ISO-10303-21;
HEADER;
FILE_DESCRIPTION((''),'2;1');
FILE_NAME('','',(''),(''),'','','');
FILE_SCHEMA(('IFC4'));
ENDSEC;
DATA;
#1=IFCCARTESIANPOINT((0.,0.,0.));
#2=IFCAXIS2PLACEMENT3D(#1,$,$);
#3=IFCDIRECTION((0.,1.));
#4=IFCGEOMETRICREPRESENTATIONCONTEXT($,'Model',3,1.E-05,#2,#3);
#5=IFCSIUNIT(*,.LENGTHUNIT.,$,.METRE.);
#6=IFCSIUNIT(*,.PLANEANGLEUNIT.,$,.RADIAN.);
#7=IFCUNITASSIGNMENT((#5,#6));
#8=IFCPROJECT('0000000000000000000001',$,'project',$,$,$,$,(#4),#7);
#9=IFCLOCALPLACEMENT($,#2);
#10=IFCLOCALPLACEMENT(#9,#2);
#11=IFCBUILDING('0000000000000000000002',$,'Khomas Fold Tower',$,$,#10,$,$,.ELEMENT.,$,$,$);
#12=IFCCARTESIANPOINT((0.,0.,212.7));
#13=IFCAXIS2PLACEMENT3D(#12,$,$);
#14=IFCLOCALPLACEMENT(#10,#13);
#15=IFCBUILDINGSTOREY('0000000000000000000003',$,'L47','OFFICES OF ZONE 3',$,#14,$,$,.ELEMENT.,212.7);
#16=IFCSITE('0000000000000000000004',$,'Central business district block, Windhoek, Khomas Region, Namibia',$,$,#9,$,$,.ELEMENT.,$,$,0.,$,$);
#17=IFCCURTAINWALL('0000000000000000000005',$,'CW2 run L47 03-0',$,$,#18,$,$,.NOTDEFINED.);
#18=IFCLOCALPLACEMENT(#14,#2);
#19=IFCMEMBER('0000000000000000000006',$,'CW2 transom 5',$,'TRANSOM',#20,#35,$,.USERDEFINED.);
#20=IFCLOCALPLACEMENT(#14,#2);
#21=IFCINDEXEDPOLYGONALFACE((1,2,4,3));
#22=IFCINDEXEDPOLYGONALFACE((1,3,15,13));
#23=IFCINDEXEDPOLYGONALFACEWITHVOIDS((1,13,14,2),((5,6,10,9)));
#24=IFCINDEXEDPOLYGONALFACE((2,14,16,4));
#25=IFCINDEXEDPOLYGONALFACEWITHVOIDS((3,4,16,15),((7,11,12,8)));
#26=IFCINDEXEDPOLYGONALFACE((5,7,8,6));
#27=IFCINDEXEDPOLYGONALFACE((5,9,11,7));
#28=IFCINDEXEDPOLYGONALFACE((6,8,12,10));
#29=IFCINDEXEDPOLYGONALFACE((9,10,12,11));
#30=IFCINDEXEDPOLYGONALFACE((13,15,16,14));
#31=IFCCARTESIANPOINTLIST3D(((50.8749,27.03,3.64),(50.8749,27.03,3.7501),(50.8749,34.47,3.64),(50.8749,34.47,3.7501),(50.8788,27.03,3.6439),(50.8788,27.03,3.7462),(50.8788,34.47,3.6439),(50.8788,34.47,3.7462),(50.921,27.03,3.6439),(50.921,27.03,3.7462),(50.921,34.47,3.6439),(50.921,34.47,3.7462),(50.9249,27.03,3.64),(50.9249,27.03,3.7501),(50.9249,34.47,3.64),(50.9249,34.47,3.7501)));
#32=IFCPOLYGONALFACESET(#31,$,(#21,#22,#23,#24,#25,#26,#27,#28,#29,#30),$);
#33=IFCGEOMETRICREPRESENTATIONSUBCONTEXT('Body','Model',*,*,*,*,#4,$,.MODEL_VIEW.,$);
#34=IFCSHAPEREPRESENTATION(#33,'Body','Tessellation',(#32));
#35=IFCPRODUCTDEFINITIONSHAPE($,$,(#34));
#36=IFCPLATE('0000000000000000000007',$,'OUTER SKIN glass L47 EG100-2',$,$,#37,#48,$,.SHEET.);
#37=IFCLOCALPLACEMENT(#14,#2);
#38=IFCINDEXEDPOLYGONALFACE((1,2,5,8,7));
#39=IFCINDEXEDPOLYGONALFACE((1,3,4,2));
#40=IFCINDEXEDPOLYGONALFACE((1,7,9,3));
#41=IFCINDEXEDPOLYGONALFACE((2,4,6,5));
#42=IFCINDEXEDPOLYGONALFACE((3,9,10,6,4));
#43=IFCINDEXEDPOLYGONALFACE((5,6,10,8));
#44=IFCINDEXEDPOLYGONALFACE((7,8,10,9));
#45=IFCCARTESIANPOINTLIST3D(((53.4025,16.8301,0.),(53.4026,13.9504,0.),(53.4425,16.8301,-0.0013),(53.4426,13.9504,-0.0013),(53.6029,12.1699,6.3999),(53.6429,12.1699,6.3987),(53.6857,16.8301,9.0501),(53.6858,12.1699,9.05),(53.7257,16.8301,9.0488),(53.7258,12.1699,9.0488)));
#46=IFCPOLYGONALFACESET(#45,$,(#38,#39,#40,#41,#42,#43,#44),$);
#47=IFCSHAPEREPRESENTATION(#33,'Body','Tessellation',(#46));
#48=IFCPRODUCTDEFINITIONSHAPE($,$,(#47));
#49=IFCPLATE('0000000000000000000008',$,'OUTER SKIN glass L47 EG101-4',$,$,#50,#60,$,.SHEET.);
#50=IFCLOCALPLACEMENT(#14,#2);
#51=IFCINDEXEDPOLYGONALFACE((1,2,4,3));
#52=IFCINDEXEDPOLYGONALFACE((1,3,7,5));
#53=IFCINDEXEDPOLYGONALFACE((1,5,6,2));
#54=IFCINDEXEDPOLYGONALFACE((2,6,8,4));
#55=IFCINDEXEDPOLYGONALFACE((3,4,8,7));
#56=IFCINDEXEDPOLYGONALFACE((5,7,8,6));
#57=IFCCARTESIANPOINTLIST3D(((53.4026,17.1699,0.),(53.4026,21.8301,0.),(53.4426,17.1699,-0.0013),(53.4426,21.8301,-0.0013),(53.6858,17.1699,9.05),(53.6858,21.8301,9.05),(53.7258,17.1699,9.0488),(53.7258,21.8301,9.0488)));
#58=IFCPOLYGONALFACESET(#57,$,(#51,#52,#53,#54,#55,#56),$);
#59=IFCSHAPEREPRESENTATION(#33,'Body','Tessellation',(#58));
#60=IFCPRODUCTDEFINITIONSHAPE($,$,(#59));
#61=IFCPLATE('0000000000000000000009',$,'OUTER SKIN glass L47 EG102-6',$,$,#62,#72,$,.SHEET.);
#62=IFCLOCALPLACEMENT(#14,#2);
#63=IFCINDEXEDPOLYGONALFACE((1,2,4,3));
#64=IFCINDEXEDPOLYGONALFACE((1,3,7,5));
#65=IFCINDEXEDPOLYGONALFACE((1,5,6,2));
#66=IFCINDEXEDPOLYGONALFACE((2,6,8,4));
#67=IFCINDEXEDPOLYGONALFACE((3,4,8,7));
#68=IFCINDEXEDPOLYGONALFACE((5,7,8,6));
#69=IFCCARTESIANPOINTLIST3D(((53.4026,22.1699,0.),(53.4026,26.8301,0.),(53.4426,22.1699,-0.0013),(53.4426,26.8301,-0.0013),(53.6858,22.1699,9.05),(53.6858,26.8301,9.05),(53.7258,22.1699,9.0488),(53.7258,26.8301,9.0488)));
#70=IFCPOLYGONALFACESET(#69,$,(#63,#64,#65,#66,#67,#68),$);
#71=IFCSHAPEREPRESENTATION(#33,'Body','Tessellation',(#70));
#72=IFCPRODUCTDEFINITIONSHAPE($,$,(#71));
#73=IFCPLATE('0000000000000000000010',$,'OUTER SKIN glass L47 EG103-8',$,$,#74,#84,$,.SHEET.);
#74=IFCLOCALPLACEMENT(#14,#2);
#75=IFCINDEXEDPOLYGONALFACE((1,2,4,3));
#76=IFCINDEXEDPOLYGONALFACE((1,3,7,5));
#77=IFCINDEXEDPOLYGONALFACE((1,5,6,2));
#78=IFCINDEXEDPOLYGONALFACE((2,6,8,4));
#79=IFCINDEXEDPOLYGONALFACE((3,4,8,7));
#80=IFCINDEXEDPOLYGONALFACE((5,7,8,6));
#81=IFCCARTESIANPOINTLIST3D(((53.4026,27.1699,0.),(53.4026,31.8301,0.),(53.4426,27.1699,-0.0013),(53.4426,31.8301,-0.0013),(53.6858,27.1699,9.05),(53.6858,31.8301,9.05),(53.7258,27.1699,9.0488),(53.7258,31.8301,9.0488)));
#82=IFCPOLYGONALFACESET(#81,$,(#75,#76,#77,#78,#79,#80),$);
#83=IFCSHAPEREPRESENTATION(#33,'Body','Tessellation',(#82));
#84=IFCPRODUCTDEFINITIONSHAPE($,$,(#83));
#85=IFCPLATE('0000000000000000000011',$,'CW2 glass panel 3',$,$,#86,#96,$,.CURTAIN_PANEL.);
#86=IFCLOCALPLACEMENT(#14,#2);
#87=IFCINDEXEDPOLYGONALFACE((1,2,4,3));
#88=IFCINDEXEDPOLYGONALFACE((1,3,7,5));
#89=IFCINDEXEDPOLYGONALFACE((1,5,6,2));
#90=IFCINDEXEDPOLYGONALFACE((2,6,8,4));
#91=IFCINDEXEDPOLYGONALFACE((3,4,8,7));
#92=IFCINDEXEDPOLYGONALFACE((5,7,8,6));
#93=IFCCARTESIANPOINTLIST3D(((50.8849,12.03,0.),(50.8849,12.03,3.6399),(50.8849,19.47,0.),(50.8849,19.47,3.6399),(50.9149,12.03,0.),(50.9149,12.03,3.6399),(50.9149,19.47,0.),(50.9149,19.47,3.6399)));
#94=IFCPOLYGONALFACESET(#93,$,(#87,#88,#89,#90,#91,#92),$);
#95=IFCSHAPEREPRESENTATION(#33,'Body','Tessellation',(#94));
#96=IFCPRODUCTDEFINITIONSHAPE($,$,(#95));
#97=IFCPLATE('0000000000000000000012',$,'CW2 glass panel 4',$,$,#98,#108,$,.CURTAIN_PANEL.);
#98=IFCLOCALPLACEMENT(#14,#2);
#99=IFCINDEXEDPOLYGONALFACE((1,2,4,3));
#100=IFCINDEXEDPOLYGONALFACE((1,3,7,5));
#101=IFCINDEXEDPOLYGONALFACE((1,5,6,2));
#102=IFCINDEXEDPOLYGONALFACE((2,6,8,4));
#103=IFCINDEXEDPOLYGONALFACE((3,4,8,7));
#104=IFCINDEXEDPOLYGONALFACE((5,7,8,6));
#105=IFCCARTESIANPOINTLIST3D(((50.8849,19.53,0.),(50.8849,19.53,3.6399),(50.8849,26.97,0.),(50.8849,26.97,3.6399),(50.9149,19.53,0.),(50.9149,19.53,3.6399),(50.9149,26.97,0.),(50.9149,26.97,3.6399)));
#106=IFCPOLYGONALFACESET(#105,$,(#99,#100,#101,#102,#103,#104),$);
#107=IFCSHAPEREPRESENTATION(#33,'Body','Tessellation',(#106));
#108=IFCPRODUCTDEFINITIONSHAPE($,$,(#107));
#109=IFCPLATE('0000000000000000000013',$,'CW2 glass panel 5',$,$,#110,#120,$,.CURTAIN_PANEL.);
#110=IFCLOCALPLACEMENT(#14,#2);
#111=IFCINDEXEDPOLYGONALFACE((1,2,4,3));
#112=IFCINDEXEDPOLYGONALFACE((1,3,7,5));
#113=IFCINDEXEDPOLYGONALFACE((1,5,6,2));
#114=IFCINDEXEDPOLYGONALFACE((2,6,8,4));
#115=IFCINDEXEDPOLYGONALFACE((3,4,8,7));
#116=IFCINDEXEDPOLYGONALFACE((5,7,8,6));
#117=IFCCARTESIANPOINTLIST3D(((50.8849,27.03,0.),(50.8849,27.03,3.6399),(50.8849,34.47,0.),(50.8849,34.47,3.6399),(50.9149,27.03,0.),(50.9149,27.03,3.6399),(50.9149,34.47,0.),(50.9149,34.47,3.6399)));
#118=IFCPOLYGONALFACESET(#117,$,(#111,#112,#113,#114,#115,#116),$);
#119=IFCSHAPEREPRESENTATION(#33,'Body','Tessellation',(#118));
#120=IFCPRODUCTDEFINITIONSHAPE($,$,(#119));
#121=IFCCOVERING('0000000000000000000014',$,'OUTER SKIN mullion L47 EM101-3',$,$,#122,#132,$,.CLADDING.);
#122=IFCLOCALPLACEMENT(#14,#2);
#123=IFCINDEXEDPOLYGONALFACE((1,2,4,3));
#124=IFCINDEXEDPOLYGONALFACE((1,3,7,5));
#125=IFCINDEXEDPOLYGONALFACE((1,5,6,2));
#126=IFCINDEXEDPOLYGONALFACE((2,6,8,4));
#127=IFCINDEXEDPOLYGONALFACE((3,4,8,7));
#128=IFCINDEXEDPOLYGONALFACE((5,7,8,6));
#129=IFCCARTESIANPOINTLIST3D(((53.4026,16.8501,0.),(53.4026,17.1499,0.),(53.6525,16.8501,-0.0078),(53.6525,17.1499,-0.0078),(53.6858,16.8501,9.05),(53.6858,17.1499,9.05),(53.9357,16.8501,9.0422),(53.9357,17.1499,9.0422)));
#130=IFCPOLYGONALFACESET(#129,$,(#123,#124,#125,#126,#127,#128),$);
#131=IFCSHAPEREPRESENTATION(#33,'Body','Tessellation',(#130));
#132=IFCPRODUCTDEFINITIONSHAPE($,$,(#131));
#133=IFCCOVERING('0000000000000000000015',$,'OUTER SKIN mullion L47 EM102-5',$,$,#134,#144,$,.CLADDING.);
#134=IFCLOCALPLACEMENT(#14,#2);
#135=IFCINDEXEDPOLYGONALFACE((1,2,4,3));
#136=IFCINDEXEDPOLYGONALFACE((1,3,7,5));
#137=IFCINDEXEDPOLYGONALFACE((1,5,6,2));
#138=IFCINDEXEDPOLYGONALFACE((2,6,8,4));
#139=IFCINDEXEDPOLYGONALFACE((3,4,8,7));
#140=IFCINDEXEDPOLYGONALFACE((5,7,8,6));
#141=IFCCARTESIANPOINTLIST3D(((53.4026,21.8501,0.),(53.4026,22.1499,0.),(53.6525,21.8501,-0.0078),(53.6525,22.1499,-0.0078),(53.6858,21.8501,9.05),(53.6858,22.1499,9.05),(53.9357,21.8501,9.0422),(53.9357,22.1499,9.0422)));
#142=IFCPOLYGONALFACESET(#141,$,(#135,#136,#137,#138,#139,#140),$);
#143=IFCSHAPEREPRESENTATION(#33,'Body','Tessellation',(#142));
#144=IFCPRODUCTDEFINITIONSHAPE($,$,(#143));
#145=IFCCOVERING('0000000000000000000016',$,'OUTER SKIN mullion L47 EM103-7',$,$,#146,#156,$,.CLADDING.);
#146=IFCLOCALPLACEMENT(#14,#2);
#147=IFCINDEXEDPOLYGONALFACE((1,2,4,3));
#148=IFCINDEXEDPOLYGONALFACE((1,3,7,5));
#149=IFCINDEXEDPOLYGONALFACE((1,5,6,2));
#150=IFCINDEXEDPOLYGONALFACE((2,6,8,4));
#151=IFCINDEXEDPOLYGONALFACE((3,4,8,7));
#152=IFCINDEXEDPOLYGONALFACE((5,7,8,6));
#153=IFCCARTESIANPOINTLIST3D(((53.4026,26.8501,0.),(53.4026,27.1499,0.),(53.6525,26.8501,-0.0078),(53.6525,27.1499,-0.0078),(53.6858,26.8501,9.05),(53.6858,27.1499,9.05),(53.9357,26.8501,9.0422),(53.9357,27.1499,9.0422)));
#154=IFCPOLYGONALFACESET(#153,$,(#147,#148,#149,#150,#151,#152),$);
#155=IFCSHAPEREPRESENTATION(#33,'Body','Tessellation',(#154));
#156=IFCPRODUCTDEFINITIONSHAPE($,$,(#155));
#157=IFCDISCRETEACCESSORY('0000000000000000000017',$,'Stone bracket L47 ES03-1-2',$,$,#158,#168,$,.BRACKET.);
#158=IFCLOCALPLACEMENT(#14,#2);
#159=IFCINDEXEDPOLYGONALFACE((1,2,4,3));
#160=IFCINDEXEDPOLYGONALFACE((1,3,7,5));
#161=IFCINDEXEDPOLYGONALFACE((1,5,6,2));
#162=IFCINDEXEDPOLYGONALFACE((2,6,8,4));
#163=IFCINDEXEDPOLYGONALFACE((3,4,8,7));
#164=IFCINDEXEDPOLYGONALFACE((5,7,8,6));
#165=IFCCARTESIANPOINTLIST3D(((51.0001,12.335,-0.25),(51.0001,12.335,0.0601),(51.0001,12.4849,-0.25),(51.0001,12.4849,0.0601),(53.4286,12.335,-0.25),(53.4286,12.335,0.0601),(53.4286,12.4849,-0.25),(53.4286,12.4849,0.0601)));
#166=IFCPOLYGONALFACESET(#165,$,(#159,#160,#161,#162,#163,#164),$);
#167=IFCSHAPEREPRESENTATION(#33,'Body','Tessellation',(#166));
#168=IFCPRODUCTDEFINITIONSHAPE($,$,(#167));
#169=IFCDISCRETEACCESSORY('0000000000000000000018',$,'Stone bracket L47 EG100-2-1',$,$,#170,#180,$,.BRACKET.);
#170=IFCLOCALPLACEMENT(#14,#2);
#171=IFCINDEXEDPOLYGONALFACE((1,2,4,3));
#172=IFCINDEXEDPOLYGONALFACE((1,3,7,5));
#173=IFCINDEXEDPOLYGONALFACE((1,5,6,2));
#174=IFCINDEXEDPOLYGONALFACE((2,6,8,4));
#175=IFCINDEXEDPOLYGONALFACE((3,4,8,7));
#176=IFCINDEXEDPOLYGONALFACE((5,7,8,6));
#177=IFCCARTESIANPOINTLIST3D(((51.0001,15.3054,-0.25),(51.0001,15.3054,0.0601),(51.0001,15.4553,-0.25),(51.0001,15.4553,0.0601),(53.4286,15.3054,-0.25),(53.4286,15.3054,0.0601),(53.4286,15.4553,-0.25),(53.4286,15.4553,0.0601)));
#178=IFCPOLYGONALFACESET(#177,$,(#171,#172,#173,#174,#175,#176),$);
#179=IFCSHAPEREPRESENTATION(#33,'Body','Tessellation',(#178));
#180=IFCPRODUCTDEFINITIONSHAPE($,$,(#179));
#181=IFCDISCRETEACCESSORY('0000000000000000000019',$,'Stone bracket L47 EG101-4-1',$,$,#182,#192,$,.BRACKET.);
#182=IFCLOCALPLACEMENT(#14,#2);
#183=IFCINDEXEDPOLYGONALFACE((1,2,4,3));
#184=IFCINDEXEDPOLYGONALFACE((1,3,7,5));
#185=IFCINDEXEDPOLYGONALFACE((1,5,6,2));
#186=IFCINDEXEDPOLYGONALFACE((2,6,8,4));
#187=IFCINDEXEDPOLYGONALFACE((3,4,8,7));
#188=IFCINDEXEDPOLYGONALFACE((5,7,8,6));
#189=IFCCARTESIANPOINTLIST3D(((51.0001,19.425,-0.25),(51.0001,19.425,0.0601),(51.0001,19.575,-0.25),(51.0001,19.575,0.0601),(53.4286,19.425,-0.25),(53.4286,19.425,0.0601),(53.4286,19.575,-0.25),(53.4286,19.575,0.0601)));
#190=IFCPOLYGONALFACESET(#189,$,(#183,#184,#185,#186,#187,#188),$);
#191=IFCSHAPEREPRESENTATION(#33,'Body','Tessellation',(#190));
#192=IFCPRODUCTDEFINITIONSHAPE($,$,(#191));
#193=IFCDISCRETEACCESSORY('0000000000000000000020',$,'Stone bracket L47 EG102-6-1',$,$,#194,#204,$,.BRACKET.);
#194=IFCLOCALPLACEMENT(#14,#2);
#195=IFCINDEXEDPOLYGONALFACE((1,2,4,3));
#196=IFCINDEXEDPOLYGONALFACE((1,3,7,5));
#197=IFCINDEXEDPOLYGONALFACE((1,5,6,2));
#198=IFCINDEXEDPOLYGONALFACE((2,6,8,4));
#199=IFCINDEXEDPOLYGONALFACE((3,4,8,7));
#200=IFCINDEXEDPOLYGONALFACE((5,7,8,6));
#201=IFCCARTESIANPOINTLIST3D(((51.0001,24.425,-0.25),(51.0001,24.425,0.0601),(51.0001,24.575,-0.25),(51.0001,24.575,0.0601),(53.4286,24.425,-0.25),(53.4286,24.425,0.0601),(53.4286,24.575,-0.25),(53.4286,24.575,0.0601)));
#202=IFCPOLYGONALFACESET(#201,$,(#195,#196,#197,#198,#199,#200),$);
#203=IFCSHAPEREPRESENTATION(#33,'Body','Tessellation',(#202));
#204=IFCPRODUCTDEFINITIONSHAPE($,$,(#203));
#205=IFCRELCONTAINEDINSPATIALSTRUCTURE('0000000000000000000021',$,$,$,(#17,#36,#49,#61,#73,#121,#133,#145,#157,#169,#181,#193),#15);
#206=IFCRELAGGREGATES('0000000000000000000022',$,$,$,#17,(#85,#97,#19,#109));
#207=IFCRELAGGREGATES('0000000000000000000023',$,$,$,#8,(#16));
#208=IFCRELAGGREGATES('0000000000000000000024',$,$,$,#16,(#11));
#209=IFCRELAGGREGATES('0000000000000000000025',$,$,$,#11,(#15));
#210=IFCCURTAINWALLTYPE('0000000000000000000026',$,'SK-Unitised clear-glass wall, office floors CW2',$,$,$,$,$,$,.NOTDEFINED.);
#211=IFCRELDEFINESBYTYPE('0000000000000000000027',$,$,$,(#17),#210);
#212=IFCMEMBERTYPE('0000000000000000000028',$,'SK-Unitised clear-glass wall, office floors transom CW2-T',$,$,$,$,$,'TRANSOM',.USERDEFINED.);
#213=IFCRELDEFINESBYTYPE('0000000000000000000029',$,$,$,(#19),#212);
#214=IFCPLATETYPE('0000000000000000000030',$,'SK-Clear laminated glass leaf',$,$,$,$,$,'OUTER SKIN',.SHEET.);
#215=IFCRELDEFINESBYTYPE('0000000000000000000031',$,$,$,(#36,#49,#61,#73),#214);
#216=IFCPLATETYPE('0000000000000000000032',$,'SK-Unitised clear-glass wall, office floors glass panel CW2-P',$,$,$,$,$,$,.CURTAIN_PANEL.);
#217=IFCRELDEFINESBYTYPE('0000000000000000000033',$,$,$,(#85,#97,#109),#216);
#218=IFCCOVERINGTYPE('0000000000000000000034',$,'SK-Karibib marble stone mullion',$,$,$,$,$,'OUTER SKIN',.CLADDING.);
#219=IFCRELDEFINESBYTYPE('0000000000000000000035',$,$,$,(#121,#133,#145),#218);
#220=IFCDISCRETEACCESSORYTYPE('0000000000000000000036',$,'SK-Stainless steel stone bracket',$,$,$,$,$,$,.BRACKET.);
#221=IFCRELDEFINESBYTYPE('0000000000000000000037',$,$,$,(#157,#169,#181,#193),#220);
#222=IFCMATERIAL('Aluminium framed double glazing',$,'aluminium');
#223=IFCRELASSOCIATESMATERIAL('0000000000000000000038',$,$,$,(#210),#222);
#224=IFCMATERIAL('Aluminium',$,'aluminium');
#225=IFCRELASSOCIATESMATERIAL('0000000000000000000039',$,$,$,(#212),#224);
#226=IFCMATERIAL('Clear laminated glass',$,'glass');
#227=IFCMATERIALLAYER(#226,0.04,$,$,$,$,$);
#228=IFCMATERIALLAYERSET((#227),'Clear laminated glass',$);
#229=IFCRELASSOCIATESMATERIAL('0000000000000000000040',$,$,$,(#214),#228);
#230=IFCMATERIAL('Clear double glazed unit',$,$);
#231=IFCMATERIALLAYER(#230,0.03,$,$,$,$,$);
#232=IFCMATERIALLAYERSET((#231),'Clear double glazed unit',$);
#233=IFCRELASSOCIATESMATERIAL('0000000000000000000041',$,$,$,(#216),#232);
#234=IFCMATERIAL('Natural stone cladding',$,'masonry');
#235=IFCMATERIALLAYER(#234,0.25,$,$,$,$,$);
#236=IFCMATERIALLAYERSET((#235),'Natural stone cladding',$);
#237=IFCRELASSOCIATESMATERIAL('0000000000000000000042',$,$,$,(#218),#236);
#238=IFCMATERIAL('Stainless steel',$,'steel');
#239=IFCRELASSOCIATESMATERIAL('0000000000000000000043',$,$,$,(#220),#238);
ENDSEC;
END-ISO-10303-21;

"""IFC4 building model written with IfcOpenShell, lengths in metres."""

from ifc_helpers import new_model, si_unit, direction, frame, origin, origin_2d, place, context, subcontext, project, spatial, polyline, rectangle, hollow_rectangle, outline, extrude, source, transform, mapped, material, layer, layer_set, material_profile, profile_set, type_object, element, aggregate, save


model = new_model("IFC4")

# Units and contexts
model_context = context("Model", 3, precision=1e-05, world=origin(), true_north=direction((0.0, 1.0)))
body_context = subcontext(model_context, "Body", "Model", "MODEL_VIEW")
ifc_project = project(units=[si_unit("LENGTHUNIT", "METRE"), si_unit("PLANEANGLEUNIT", "RADIAN")], contexts=[model_context])

# Site, building, storey
site_placement = place(None, origin())
site = spatial("IfcSite", under=ifc_project, at=site_placement, Name="Central business district block, Windhoek, Khomas Region, Namibia", CompositionType="ELEMENT", RefElevation=0.0)
building_placement = place(site_placement, origin())
building = spatial("IfcBuilding", under=site, at=building_placement, Name="Khomas Fold Tower", CompositionType="ELEMENT")
storey_placement = place(building_placement, frame((0.0, 0.0, 212.7)))
storey = spatial("IfcBuildingStorey", under=building, at=storey_placement, Name="L47", Description="OFFICES OF ZONE 3", CompositionType="ELEMENT", Elevation=212.7)

# Curtain wall, member
ifc_material_1 = material(Name="Aluminium framed double glazing", Category="aluminium")
curtain_wall_type = type_object("IfcCurtainWallType", Name="SK-Unitised clear-glass wall, office floors CW2", PredefinedType="NOTDEFINED", material=ifc_material_1)
curtain_wall_placement = place(storey_placement, origin())
curtain_wall = element("IfcCurtainWall", 1, at=curtain_wall_placement, inside=storey, type_object=curtain_wall_type, Name="CW2 run L47 03-0", PredefinedType="NOTDEFINED")
ifc_material_2 = material(Name="Aluminium", Category="aluminium")
ifc_material_profile_1 = material_profile(ifc_material_2, hollow_rectangle(XDim=0.05, YDim=0.1101, WallThickness=0.0039, at=origin_2d()), Name="SK-Unitised clear-glass wall, office floors transom CW2-T")
ifc_profile_set_1 = profile_set([ifc_material_profile_1], Name="Aluminium")
member_type_1 = type_object("IfcMemberType", Name="SK-Unitised clear-glass wall, office floors transom CW2-T", ElementType="TRANSOM", PredefinedType="USERDEFINED", material=ifc_profile_set_1)
shared_shape_1 = source(origin(), body_context, "Body", "SweptSolid", [
    extrude(hollow_rectangle(XDim=0.05, YDim=0.1101, WallThickness=0.0039, at=origin_2d()), origin(), (0.0, 0.0, 1.0), 7.4399),
])
member_1_placement = place(storey_placement, frame((50.8999, 27.03, 3.6951), z_axis=(0.0, 1.0, 0.0), x_axis=(-1.0, 0.0, 0.0)))
member_1 = element("IfcMember", 2, at=member_1_placement, type_object=member_type_1, Name="CW2 transom 5", ObjectType="TRANSOM", PredefinedType="USERDEFINED", context=body_context, shape_type="MappedRepresentation", body=[
    mapped(shared_shape_1, transform((0.0, 0.0, 0.0))),
])

# Plates
ifc_material_3 = material(Name="Clear laminated glass", Category="glass")
ifc_layer_1 = layer(ifc_material_3, 0.04)
ifc_layer_set_1 = layer_set([ifc_layer_1], Name="Clear laminated glass")
plate_type_1 = type_object("IfcPlateType", Name="SK-Clear laminated glass leaf", ElementType="OUTER SKIN", PredefinedType="SHEET", material=ifc_layer_set_1)
plate_1_placement = place(storey_placement, frame((53.4026, 13.9504, 0.0), z_axis=(-0.999511, -0.000021, 0.031274), x_axis=(0.030136, -0.267909, 0.962973)))
element("IfcPlate", 3, at=plate_1_placement, inside=storey, type_object=plate_type_1, Name="OUTER SKIN glass L47 EG100-2", PredefinedType="SHEET", context=body_context, shape_type="SweptSolid", body=[
    extrude(outline(polyline([(0.0, 0.0), (6.646, 0.0), (9.2005, 0.7103), (7.952, 5.2001), (-0.7715, 2.7744), (0.0, 0.0)])), origin(), (0.0, 0.0, -1.0), 0.04),
])
for number, where, z_axis, x_axis, name in (
    (4, (53.4026, 17.1699, 0.0), (-0.999511, 0.0, 0.031278), (0.031278, 0.0, 0.999511), "OUTER SKIN glass L47 EG101-4"),
    (5, (53.4026, 22.1699, 0.0), (-0.999511, 0.0, 0.031278), (0.031278, 0.0, 0.999511), "OUTER SKIN glass L47 EG102-6"),
    (6, (53.4026, 27.1699, 0.0), (-0.999511, 0.0, 0.031278), (0.031278, 0.0, 0.999511), "OUTER SKIN glass L47 EG103-8"),
):
    element("IfcPlate", number, at=place(storey_placement, frame(where, z_axis=z_axis, x_axis=x_axis)), inside=storey, type_object=plate_type_1, Name=name, PredefinedType="SHEET", context=body_context, shape_type="SweptSolid", body=[
        extrude(outline(polyline([(0.0, 0.0), (9.0545, 0.0), (9.0545, 4.6602), (0.0, 4.6602), (0.0, 0.0)])), origin(), (0.0, 0.0, -1.0), 0.04),
    ])

# Plates
ifc_material_4 = material(Name="Clear double glazed unit")
ifc_layer_2 = layer(ifc_material_4, 0.03)
ifc_layer_set_2 = layer_set([ifc_layer_2], Name="Clear double glazed unit")
plate_type_2 = type_object("IfcPlateType", Name="SK-Unitised clear-glass wall, office floors glass panel CW2-P", PredefinedType="CURTAIN_PANEL", material=ifc_layer_set_2)
shared_shape_2 = source(origin(), body_context, "Body", "SweptSolid", [
    extrude(rectangle(XDim=7.4399, YDim=0.03, at=origin_2d()), origin(), (0.0, 0.0, 1.0), 3.6399),
])
plate_2_placement = place(storey_placement, frame((50.8999, 15.75, 0.0), z_axis=(0.0, 0.0, 1.0), x_axis=(0.0, 1.0, 0.0)))
plate_2 = element("IfcPlate", 7, at=plate_2_placement, type_object=plate_type_2, Name="CW2 glass panel 3", PredefinedType="CURTAIN_PANEL", context=body_context, shape_type="MappedRepresentation", body=[
    mapped(shared_shape_2, transform((0.0, 0.0, 0.0))),
])
plate_3_placement = place(storey_placement, frame((50.8999, 23.25, 0.0), z_axis=(0.0, 0.0, 1.0), x_axis=(0.0, 1.0, 0.0)))
plate_3 = element("IfcPlate", 8, at=plate_3_placement, type_object=plate_type_2, Name="CW2 glass panel 4", PredefinedType="CURTAIN_PANEL", context=body_context, shape_type="MappedRepresentation", body=[
    mapped(shared_shape_2, transform((0.0, 0.0, 0.0))),
])
plate_4_placement = place(storey_placement, frame((50.8999, 30.75, 0.0), z_axis=(0.0, 0.0, 1.0), x_axis=(0.0, 1.0, 0.0)))
plate_4 = element("IfcPlate", 9, at=plate_4_placement, type_object=plate_type_2, Name="CW2 glass panel 5", PredefinedType="CURTAIN_PANEL", context=body_context, shape_type="MappedRepresentation", body=[
    mapped(shared_shape_2, transform((0.0, 0.0, 0.0))),
])
aggregate(curtain_wall, [plate_2, plate_3, member_1, plate_4])

# Coverings
ifc_material_5 = material(Name="Natural stone cladding", Category="masonry")
ifc_layer_3 = layer(ifc_material_5, 0.25)
ifc_layer_set_3 = layer_set([ifc_layer_3], Name="Natural stone cladding")
covering_type = type_object("IfcCoveringType", Name="SK-Karibib marble stone mullion", ElementType="OUTER SKIN", PredefinedType="CLADDING", material=ifc_layer_set_3)
for number, where, z_axis, x_axis, name in (
    (10, (53.4026, 16.8501, 0.0), (-0.999511, 0.0, 0.031278), (0.031278, 0.0, 0.999511), "OUTER SKIN mullion L47 EM101-3"),
    (11, (53.4026, 21.8501, 0.0), (-0.999511, 0.0, 0.031278), (0.031278, 0.0, 0.999511), "OUTER SKIN mullion L47 EM102-5"),
    (12, (53.4026, 26.8501, 0.0), (-0.999511, 0.0, 0.031278), (0.031278, 0.0, 0.999511), "OUTER SKIN mullion L47 EM103-7"),
):
    element("IfcCovering", number, at=place(storey_placement, frame(where, z_axis=z_axis, x_axis=x_axis)), inside=storey, type_object=covering_type, Name=name, PredefinedType="CLADDING", context=body_context, shape_type="SweptSolid", body=[
        extrude(outline(polyline([(0.0, 0.0), (9.0545, 0.0), (9.0545, 0.2998), (0.0, 0.2998), (0.0, 0.0)])), origin(), (0.0, 0.0, -1.0), 0.25),
    ])

# Discrete accessories
ifc_material_6 = material(Name="Stainless steel", Category="steel")
discrete_accessory_type = type_object("IfcDiscreteAccessoryType", Name="SK-Stainless steel stone bracket", PredefinedType="BRACKET", material=ifc_material_6)
shared_shape_3 = source(origin(), body_context, "Body", "SweptSolid", [
    extrude(rectangle(XDim=2.4285, YDim=0.1499, at=origin_2d()), origin(), (0.0, 0.0, 1.0), 0.3101),
])
for number, where, z_axis, x_axis, name in (
    (13, (52.2144, 12.4099, -0.25), (0.0, 0.0, 1.0), (1.0, 0.0, 0.0), "Stone bracket L47 ES03-1-2"),
    (14, (52.2144, 15.3804, -0.25), (0.0, 0.0, 1.0), (1.0, 0.0, 0.0), "Stone bracket L47 EG100-2-1"),
    (15, (52.2144, 19.5, -0.25), (0.0, 0.0, 1.0), (1.0, 0.0, 0.0), "Stone bracket L47 EG101-4-1"),
    (16, (52.2144, 24.5, -0.25), (0.0, 0.0, 1.0), (1.0, 0.0, 0.0), "Stone bracket L47 EG102-6-1"),
):
    element("IfcDiscreteAccessory", number, at=place(storey_placement, frame(where, z_axis=z_axis, x_axis=x_axis)), inside=storey, type_object=discrete_accessory_type, Name=name, PredefinedType="BRACKET", context=body_context, shape_type="MappedRepresentation", body=[
        mapped(shared_shape_3, transform((0.0, 0.0, 0.0))),
    ])

save(model, "model.ifc")
